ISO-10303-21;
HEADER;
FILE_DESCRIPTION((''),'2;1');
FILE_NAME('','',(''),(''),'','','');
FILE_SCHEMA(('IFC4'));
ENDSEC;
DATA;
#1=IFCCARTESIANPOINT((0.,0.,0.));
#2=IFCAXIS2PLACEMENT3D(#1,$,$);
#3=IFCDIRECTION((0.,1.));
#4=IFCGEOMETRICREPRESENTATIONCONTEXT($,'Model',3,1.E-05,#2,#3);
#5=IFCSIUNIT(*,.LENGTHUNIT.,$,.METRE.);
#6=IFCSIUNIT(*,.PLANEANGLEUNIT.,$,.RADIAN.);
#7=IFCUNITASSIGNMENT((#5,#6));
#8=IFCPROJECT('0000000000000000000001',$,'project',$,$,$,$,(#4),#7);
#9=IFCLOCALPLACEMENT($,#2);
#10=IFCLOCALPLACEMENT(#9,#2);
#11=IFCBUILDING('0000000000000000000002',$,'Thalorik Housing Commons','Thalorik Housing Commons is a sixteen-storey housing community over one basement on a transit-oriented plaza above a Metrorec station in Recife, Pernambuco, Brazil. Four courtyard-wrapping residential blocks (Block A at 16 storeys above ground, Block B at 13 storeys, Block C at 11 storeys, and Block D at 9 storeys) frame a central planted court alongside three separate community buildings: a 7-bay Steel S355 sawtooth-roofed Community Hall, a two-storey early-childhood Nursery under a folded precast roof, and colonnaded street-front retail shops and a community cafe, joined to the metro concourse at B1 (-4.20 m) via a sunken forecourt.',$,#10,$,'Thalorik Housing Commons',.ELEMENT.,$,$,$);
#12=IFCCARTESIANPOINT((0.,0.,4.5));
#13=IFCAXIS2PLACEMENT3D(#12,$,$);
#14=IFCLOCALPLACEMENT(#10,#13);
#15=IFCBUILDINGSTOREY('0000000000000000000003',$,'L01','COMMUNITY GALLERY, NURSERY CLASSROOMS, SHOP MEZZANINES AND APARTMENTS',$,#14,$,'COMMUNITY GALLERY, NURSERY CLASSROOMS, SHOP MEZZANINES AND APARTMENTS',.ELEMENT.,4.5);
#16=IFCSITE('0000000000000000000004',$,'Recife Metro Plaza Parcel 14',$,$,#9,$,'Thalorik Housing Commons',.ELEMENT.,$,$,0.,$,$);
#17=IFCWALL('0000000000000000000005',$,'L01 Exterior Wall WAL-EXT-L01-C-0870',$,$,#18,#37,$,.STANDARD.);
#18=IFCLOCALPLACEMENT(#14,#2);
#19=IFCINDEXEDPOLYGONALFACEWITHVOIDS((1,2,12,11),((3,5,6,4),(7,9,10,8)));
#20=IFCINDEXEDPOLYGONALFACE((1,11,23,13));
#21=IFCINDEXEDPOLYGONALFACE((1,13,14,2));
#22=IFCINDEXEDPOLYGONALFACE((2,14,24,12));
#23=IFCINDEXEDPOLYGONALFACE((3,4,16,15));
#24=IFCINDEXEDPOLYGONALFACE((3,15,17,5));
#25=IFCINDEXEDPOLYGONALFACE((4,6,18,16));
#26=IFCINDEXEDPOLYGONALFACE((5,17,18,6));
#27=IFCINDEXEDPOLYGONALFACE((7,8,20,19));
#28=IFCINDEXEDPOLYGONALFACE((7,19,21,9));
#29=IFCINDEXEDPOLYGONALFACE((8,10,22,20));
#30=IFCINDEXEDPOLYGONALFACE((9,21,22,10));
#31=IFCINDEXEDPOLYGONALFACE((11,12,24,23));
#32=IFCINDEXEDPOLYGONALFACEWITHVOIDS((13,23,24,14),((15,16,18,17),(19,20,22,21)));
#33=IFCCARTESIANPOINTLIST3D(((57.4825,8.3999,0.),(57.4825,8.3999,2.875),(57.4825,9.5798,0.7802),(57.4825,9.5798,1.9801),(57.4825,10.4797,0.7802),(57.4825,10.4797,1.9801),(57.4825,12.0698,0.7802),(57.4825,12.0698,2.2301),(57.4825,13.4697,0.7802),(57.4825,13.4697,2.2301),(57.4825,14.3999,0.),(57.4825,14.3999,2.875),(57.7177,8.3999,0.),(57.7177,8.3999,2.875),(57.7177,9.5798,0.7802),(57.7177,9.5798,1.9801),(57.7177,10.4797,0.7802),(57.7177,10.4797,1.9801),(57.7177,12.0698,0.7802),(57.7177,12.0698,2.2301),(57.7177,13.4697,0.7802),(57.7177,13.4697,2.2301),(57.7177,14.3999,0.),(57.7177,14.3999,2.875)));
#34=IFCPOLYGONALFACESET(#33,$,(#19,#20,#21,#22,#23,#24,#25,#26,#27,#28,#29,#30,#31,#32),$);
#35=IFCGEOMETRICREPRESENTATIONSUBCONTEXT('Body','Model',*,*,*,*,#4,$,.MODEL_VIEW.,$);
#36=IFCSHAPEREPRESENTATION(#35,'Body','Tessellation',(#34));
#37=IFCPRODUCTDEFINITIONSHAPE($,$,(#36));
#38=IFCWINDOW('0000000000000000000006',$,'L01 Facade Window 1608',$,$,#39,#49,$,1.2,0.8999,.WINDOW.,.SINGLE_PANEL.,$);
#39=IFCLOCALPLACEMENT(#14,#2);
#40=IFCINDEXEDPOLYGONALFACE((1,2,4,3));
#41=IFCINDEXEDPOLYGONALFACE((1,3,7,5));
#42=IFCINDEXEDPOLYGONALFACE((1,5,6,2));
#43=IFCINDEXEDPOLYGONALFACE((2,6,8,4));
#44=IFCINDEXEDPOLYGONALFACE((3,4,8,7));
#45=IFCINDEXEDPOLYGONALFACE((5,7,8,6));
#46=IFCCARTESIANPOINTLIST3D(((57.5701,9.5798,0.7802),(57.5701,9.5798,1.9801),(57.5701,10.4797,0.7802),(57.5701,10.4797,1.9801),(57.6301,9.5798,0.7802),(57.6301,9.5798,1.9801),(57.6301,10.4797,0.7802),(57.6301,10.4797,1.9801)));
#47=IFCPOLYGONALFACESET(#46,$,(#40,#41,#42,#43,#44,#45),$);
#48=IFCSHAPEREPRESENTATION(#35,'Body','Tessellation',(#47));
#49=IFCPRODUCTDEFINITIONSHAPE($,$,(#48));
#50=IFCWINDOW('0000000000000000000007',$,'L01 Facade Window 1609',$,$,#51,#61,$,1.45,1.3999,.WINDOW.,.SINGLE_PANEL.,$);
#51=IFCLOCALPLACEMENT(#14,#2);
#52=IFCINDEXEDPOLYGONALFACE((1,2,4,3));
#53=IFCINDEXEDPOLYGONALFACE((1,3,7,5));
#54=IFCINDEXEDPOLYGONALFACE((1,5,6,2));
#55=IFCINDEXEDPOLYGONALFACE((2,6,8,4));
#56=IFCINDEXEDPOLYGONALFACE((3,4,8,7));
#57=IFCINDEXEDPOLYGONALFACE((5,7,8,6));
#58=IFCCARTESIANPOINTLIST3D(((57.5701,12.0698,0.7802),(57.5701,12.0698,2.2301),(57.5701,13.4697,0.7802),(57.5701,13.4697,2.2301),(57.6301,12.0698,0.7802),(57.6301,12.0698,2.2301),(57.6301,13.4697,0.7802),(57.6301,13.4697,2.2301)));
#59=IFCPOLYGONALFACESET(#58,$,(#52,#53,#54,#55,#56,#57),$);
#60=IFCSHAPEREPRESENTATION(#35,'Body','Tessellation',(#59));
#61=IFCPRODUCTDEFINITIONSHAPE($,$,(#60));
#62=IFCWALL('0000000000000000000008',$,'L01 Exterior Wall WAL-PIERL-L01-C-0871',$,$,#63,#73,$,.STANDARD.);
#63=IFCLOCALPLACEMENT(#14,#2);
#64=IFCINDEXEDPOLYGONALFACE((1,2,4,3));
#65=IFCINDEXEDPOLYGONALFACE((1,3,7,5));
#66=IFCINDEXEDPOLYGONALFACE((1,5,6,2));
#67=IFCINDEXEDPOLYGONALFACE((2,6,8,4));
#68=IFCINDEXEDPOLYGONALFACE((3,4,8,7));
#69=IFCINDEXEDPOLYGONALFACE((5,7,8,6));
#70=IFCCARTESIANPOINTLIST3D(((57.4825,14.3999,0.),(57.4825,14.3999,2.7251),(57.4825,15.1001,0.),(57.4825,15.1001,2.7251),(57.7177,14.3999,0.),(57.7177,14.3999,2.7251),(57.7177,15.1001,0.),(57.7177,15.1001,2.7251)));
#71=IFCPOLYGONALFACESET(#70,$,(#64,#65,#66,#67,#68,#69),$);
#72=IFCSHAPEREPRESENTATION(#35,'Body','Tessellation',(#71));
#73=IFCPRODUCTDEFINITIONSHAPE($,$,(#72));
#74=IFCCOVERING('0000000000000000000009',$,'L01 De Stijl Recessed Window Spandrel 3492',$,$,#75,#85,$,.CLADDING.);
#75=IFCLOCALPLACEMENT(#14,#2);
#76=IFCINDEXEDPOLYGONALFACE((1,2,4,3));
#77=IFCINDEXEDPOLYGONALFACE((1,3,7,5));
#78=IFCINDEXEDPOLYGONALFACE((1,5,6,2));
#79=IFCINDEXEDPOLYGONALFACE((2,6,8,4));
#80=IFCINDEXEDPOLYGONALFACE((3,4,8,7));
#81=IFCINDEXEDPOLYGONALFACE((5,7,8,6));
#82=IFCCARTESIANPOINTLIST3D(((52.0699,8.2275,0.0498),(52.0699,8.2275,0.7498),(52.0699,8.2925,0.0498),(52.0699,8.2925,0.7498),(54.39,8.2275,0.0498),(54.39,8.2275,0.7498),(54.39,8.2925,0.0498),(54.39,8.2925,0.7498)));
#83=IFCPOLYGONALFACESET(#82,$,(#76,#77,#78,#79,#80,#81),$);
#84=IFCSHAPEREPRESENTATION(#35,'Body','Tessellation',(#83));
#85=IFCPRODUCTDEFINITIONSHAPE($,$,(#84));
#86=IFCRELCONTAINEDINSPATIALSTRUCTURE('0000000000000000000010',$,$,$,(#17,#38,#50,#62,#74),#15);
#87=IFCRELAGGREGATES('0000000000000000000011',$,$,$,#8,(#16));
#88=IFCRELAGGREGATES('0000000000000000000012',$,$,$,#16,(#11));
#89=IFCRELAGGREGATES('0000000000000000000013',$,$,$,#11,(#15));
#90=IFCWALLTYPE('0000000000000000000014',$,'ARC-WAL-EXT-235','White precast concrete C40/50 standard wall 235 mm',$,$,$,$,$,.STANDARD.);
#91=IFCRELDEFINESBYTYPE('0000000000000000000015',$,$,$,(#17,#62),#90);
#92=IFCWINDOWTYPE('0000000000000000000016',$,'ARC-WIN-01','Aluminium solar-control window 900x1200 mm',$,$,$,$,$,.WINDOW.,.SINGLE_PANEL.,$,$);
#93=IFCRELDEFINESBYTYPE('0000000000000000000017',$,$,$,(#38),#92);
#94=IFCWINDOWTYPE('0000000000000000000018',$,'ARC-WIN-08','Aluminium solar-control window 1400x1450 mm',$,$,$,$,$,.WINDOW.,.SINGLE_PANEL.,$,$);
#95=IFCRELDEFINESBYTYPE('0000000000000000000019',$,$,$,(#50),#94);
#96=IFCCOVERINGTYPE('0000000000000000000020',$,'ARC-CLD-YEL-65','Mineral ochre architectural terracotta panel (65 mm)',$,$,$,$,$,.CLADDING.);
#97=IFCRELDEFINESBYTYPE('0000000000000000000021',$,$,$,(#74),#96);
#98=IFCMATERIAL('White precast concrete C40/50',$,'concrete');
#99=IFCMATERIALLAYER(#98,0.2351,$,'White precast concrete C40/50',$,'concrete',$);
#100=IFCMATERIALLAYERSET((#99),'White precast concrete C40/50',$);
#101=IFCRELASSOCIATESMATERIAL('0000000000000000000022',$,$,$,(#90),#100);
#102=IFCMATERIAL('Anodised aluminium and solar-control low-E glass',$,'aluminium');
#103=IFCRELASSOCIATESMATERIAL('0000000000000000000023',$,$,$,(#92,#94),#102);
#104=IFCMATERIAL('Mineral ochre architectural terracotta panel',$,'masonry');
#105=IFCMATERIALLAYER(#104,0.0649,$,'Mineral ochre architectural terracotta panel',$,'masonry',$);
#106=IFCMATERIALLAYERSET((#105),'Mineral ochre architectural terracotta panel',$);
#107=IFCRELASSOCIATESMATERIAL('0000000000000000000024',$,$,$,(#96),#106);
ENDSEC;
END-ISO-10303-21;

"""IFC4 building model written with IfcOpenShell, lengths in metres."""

from ifc_helpers import new_model, si_unit, direction, frame, frame_2d, origin, origin_2d, place, context, subcontext, project, spatial, rectangle, extrude, material, layer, layer_set, type_object, element, fill, save


model = new_model("IFC4")

# Units and contexts
model_context = context("Model", 3, precision=1e-05, world=origin(), true_north=direction((0.0, 1.0)))
body_context = subcontext(model_context, "Body", "Model", "MODEL_VIEW")
ifc_project = project(units=[si_unit("LENGTHUNIT", "METRE"), si_unit("PLANEANGLEUNIT", "RADIAN")], contexts=[model_context])

# Site, building, storey
site_placement = place(None, origin())
site = spatial("IfcSite", under=ifc_project, at=site_placement, Name="Recife Metro Plaza Parcel 14", LongName="Thalorik Housing Commons", CompositionType="ELEMENT", RefElevation=0.0)
building_placement = place(site_placement, origin())
building = spatial("IfcBuilding", under=site, at=building_placement, Name="Thalorik Housing Commons", Description="Thalorik Housing Commons is a sixteen-storey housing community over one basement on a transit-oriented plaza above a Metrorec station in Recife, Pernambuco, Brazil. Four courtyard-wrapping residential blocks (Block A at 16 storeys above ground, Block B at 13 storeys, Block C at 11 storeys, and Block D at 9 storeys) frame a central planted court alongside three separate community buildings: a 7-bay Steel S355 sawtooth-roofed Community Hall, a two-storey early-childhood Nursery under a folded precast roof, and colonnaded street-front retail shops and a community cafe, joined to the metro concourse at B1 (-4.20 m) via a sunken forecourt.", LongName="Thalorik Housing Commons", CompositionType="ELEMENT")
storey_placement = place(building_placement, frame((0.0, 0.0, 4.5)))
storey = spatial("IfcBuildingStorey", under=building, at=storey_placement, Name="L01", Description="COMMUNITY GALLERY, NURSERY CLASSROOMS, SHOP MEZZANINES AND APARTMENTS", LongName="COMMUNITY GALLERY, NURSERY CLASSROOMS, SHOP MEZZANINES AND APARTMENTS", CompositionType="ELEMENT", Elevation=4.5)

# Shared definitions
ifc_material_1 = material(Name="Anodised aluminium and solar-control low-E glass", Category="aluminium")

# Wall, openings, windows
ifc_material_2 = material(Name="White precast concrete C40/50", Category="concrete")
ifc_layer_1 = layer(ifc_material_2, 0.2351, Name="White precast concrete C40/50", Category="concrete")
ifc_layer_set_1 = layer_set([ifc_layer_1], Name="White precast concrete C40/50")
wall_type = type_object("IfcWallType", Name="ARC-WAL-EXT-235", Description="White precast concrete C40/50 standard wall 235 mm", PredefinedType="STANDARD", material=ifc_layer_set_1)
wall_1_placement = place(storey_placement, frame((57.6001, 8.3999, 0.0), z_axis=(0.0, 0.0, 1.0), x_axis=(0.0, 1.0, 0.0)))
wall_1 = element("IfcWall", 1, at=wall_1_placement, inside=storey, type_object=wall_type, Name="L01 Exterior Wall WAL-EXT-L01-C-0870", PredefinedType="STANDARD", context=body_context, shape_type="SweptSolid", body=[
    extrude(rectangle(XDim=6.0, YDim=0.2351, at=frame_2d((3.0, 0.0))), origin(), (0.0, 0.0, 1.0), 2.875),
])
opening_1_placement = place(wall_1_placement, frame((1.1799, 0.0, 0.78)))
opening_1 = element("IfcOpeningElement", 2, at=opening_1_placement, cuts=wall_1, PredefinedType="OPENING", context=body_context, shape_type="SweptSolid", body=[
    extrude(rectangle(XDim=0.8999, YDim=1.2, at=frame_2d((0.45, 0.6001))), frame((0.0, 0.1274, 0.0), z_axis=(0.0, -1.0, 0.0), x_axis=(1.0, 0.0, 0.0)), (0.0, 0.0, 1.0), 0.2551),
])
opening_2_placement = place(wall_1_placement, frame((3.6699, 0.0, 0.78)))
opening_2 = element("IfcOpeningElement", 3, at=opening_2_placement, cuts=wall_1, PredefinedType="OPENING", context=body_context, shape_type="SweptSolid", body=[
    extrude(rectangle(XDim=1.3999, YDim=1.45, at=frame_2d((0.7, 0.7251))), frame((0.0, 0.1274, 0.0), z_axis=(0.0, -1.0, 0.0), x_axis=(1.0, 0.0, 0.0)), (0.0, 0.0, 1.0), 0.2551),
])
window_type_1 = type_object("IfcWindowType", Name="ARC-WIN-01", Description="Aluminium solar-control window 900x1200 mm", PartitioningType="SINGLE_PANEL", PredefinedType="WINDOW", material=ifc_material_1)
window_1_placement = place(opening_1_placement, origin())
window_1 = element("IfcWindow", 4, at=window_1_placement, inside=storey, type_object=window_type_1, Name="L01 Facade Window 1608", OverallHeight=1.2, OverallWidth=0.8999, PartitioningType="SINGLE_PANEL", PredefinedType="WINDOW", context=body_context, shape_type="SweptSolid", body=[
    extrude(rectangle(XDim=0.8999, YDim=1.2, at=frame_2d((0.45, 0.6001))), frame((0.0, 0.03, 0.0), z_axis=(0.0, -1.0, 0.0), x_axis=(1.0, 0.0, 0.0)), (0.0, 0.0, 1.0), 0.0601),
])
fill(opening_1, window_1)
window_type_2 = type_object("IfcWindowType", Name="ARC-WIN-08", Description="Aluminium solar-control window 1400x1450 mm", PartitioningType="SINGLE_PANEL", PredefinedType="WINDOW", material=ifc_material_1)
window_2_placement = place(opening_2_placement, origin())
window_2 = element("IfcWindow", 5, at=window_2_placement, inside=storey, type_object=window_type_2, Name="L01 Facade Window 1609", OverallHeight=1.45, OverallWidth=1.3999, PartitioningType="SINGLE_PANEL", PredefinedType="WINDOW", context=body_context, shape_type="SweptSolid", body=[
    extrude(rectangle(XDim=1.3999, YDim=1.45, at=frame_2d((0.7, 0.7251))), frame((0.0, 0.03, 0.0), z_axis=(0.0, -1.0, 0.0), x_axis=(1.0, 0.0, 0.0)), (0.0, 0.0, 1.0), 0.0601),
])
fill(opening_2, window_2)

# Wall
wall_2_placement = place(storey_placement, frame((57.6001, 14.3999, 0.0), z_axis=(0.0, 0.0, 1.0), x_axis=(0.0, 1.0, 0.0)))
element("IfcWall", 6, at=wall_2_placement, inside=storey, type_object=wall_type, Name="L01 Exterior Wall WAL-PIERL-L01-C-0871", PredefinedType="STANDARD", context=body_context, shape_type="SweptSolid", body=[
    extrude(rectangle(XDim=0.7002, YDim=0.2351, at=frame_2d((0.3501, 0.0))), origin(), (0.0, 0.0, 1.0), 2.7251),
])

# Covering
ifc_material_3 = material(Name="Mineral ochre architectural terracotta panel", Category="masonry")
ifc_layer_2 = layer(ifc_material_3, 0.0649, Name="Mineral ochre architectural terracotta panel", Category="masonry")
ifc_layer_set_2 = layer_set([ifc_layer_2], Name="Mineral ochre architectural terracotta panel")
covering_type_1 = type_object("IfcCoveringType", Name="ARC-CLD-YEL-65", Description="Mineral ochre architectural terracotta panel (65 mm)", PredefinedType="CLADDING", material=ifc_layer_set_2)
covering_1_placement = place(storey_placement, frame((53.23, 8.26, 0.0498), z_axis=(0.0, 0.0, 1.0), x_axis=(1.0, 0.0, 0.0)))
element("IfcCovering", 7, at=covering_1_placement, inside=storey, type_object=covering_type_1, Name="L01 De Stijl Recessed Window Spandrel 3492", PredefinedType="CLADDING", context=body_context, shape_type="SweptSolid", body=[
    extrude(rectangle(XDim=2.3201, YDim=0.0649, at=origin_2d()), origin(), (0.0, 0.0, 1.0), 0.7),
])

save(model, "model.ifc")
